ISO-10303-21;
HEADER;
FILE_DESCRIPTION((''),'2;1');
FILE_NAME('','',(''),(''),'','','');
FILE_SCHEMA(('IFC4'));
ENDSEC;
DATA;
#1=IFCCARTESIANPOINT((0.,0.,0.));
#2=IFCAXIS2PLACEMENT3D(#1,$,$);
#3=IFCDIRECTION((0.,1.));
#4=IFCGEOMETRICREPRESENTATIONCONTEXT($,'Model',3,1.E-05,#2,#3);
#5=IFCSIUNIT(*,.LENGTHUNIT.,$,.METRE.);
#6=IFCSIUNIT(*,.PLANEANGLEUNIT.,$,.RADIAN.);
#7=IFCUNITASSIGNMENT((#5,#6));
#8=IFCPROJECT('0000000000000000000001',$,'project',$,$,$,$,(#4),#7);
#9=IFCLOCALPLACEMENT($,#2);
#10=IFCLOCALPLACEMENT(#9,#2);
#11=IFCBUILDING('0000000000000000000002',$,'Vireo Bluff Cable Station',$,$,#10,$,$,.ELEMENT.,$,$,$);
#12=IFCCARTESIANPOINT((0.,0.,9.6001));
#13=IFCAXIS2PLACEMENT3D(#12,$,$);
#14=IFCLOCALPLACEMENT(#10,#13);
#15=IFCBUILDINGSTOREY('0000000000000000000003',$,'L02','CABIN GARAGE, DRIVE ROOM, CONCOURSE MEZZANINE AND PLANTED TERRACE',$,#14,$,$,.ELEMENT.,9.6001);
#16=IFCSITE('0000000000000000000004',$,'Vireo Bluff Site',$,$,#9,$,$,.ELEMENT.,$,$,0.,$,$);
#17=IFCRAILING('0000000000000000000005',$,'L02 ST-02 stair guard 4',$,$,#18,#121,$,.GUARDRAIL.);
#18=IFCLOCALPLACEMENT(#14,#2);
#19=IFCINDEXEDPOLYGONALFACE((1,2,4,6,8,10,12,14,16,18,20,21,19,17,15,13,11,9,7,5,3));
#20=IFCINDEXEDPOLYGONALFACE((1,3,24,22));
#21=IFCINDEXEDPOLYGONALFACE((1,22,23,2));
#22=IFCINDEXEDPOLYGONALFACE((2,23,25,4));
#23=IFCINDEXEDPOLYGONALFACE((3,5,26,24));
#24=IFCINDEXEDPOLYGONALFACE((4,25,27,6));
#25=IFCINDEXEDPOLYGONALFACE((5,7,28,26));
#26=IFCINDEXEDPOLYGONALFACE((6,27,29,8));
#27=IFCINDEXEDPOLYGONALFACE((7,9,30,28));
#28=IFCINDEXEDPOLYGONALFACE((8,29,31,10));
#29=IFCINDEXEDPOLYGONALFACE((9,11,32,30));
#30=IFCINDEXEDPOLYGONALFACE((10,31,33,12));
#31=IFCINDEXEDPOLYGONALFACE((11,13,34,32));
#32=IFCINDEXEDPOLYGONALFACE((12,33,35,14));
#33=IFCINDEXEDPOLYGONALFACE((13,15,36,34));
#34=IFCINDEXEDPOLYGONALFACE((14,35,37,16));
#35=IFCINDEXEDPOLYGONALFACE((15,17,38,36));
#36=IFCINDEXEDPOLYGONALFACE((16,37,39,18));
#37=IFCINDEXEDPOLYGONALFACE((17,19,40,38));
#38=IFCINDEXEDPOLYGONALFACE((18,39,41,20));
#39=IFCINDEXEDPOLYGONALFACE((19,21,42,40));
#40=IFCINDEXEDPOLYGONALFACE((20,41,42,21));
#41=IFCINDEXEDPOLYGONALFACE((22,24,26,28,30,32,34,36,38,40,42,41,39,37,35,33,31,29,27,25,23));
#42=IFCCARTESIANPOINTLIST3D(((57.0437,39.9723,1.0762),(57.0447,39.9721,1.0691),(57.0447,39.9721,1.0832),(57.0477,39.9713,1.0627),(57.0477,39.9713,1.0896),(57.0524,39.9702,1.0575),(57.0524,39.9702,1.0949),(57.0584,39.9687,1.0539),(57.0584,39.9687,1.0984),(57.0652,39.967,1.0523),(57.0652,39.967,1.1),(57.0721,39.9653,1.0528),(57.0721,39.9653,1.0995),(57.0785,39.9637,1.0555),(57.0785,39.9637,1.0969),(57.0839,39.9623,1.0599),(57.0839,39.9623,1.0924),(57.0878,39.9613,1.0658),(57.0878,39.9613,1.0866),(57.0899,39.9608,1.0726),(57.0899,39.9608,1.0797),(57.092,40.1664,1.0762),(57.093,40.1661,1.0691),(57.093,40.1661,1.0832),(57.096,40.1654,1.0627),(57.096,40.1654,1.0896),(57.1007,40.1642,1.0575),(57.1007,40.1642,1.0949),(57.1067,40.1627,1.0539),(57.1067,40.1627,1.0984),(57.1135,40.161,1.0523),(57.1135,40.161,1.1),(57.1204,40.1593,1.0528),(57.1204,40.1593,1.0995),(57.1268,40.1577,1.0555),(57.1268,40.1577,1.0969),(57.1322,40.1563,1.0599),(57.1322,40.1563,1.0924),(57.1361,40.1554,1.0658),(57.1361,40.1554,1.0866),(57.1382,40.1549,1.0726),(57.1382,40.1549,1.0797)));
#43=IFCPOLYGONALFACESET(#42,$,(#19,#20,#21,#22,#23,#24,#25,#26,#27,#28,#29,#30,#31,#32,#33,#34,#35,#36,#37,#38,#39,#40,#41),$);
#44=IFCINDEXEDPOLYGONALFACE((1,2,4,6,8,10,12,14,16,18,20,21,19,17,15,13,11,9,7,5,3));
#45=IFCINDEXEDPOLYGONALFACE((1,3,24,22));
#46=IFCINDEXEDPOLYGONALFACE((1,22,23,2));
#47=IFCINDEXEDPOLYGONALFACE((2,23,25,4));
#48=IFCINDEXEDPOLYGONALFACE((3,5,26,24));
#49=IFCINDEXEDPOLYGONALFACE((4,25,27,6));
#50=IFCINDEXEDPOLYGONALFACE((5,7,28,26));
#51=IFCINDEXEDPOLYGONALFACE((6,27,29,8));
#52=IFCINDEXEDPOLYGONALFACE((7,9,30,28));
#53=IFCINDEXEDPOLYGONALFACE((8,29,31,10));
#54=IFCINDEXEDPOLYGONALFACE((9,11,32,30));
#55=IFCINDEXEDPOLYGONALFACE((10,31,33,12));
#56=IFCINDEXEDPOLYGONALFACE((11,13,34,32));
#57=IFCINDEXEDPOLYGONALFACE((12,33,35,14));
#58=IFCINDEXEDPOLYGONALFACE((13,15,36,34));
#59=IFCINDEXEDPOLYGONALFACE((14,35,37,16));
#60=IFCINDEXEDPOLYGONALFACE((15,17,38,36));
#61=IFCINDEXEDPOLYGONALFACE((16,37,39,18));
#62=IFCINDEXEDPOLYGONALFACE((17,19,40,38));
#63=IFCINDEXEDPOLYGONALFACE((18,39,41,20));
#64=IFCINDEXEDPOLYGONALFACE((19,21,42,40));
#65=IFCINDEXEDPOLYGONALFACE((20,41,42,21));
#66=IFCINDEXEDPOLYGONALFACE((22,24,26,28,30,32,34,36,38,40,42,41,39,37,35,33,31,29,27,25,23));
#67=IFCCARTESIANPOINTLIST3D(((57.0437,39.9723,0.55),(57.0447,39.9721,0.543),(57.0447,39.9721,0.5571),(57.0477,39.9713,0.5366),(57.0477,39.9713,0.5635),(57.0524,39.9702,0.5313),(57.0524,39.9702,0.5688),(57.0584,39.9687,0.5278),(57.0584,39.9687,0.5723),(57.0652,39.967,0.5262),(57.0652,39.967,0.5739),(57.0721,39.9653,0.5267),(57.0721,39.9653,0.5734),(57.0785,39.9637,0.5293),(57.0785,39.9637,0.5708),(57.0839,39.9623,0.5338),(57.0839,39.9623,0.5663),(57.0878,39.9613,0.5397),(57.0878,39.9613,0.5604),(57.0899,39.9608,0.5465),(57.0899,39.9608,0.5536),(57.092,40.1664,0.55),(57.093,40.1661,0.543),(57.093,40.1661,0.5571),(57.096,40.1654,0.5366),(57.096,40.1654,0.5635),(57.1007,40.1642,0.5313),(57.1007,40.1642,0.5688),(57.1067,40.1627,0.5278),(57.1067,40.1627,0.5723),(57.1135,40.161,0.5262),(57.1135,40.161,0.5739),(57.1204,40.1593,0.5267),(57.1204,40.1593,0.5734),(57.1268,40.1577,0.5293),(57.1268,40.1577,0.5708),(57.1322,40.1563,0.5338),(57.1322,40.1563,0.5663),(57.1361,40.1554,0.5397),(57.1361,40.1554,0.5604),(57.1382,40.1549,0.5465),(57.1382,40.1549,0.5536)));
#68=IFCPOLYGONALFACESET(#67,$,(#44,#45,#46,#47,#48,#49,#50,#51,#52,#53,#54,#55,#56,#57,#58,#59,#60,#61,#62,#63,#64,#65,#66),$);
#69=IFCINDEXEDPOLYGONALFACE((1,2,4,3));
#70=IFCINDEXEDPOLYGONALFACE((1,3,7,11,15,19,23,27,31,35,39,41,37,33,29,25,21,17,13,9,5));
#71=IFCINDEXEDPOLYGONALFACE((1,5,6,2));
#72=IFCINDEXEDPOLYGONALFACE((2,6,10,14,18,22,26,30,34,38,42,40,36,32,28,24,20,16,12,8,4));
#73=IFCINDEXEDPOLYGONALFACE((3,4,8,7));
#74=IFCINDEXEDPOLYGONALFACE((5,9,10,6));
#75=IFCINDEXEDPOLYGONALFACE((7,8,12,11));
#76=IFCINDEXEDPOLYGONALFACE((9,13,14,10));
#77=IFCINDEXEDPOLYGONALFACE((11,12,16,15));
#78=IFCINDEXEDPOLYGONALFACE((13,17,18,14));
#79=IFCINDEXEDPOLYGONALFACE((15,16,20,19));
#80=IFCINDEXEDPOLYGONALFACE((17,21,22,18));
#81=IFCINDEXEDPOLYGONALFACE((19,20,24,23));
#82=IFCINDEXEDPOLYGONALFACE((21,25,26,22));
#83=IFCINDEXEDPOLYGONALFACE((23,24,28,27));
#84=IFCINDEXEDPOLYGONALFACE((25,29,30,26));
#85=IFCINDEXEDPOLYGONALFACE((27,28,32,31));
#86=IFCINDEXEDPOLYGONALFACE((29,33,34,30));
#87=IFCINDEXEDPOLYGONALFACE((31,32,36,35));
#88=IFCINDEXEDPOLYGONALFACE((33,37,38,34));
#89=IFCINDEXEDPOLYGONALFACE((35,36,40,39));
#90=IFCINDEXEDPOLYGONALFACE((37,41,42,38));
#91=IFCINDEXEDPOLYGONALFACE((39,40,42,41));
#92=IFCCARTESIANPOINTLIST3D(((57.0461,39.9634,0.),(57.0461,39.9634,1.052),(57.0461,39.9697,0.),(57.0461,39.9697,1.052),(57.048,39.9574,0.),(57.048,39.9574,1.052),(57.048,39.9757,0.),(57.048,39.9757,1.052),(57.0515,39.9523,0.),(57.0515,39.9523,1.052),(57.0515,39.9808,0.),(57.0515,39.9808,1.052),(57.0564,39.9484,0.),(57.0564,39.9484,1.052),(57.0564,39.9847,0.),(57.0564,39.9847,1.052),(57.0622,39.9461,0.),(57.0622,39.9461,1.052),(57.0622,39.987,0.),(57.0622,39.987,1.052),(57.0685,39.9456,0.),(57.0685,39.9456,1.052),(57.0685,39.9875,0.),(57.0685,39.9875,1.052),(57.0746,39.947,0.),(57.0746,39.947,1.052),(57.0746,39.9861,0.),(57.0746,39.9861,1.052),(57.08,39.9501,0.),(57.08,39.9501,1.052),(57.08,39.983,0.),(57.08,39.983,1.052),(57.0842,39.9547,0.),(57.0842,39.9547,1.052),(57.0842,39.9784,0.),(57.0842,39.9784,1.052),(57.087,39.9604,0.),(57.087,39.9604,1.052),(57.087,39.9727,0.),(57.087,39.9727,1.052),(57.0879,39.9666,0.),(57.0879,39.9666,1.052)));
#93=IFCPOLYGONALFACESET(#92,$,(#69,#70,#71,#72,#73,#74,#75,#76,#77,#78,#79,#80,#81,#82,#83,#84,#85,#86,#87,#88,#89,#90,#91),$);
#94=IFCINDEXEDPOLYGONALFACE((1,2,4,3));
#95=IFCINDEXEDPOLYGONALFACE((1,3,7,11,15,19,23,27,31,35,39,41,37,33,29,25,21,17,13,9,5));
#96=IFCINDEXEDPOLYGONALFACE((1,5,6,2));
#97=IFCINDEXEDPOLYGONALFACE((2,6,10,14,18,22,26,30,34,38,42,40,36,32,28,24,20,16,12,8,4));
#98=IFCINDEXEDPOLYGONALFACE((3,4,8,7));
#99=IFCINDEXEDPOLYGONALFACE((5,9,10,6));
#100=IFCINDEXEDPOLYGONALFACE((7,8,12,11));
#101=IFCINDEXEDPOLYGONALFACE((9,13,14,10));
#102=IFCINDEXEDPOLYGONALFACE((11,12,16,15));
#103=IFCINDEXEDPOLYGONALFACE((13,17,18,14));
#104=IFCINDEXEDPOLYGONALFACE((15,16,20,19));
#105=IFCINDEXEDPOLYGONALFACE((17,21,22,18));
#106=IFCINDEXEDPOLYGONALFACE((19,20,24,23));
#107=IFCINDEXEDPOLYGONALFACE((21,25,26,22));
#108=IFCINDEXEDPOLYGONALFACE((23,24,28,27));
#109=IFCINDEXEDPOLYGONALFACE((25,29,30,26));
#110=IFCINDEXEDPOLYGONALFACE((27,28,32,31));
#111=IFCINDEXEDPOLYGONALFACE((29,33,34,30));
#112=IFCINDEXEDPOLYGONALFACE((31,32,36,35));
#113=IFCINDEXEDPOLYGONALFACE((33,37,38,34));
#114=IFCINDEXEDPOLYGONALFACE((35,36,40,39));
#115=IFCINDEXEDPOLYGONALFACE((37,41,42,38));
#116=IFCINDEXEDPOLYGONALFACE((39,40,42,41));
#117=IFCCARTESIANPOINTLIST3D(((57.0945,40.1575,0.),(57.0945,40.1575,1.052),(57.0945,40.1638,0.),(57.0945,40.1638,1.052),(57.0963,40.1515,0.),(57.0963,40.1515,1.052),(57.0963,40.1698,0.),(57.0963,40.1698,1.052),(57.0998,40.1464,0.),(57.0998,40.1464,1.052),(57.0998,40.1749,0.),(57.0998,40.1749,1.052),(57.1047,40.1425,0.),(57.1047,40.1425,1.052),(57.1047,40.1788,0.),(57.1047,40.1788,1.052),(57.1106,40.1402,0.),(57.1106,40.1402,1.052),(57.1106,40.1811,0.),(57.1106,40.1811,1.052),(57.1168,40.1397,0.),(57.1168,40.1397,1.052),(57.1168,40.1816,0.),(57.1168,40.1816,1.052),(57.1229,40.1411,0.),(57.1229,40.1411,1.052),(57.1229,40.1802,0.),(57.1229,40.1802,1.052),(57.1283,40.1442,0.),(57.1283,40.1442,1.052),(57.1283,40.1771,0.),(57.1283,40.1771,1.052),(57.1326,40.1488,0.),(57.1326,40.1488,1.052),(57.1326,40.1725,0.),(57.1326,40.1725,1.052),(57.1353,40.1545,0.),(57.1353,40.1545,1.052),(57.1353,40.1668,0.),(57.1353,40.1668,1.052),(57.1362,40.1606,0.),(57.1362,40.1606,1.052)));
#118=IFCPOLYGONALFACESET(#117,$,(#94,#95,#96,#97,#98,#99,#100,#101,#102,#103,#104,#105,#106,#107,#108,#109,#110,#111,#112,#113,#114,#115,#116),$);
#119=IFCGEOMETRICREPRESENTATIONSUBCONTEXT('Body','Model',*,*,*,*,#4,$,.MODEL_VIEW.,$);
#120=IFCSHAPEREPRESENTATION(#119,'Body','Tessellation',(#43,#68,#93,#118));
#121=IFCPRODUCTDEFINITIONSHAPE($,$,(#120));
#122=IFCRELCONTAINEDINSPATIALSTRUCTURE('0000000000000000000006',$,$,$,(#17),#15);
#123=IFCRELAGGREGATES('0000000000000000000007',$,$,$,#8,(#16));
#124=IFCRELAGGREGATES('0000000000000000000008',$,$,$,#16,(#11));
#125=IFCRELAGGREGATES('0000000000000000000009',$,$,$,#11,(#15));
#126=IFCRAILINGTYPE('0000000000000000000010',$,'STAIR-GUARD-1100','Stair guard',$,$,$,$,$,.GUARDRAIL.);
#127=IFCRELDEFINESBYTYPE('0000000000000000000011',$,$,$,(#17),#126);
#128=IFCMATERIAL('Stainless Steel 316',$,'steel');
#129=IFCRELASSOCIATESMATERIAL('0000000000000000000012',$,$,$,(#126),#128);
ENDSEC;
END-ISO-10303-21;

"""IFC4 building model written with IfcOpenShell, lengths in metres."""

from ifc_helpers import new_model, si_unit, direction, frame, origin, origin_2d, place, context, subcontext, project, spatial, circle, extrude, material, type_object, element, save


model = new_model("IFC4")

# Units and contexts
model_context = context("Model", 3, precision=1e-05, world=origin(), true_north=direction((0.0, 1.0)))
body_context = subcontext(model_context, "Body", "Model", "MODEL_VIEW")
ifc_project = project(units=[si_unit("LENGTHUNIT", "METRE"), si_unit("PLANEANGLEUNIT", "RADIAN")], contexts=[model_context])

# Site, building, storey
site_placement = place(None, origin())
site = spatial("IfcSite", under=ifc_project, at=site_placement, Name="Vireo Bluff Site", CompositionType="ELEMENT", RefElevation=0.0)
building_placement = place(site_placement, origin())
building = spatial("IfcBuilding", under=site, at=building_placement, Name="Vireo Bluff Cable Station", CompositionType="ELEMENT")
storey_placement = place(building_placement, frame((0.0, 0.0, 9.6001)))
storey = spatial("IfcBuildingStorey", under=building, at=storey_placement, Name="L02", Description="CABIN GARAGE, DRIVE ROOM, CONCOURSE MEZZANINE AND PLANTED TERRACE", CompositionType="ELEMENT", Elevation=9.6001)

# Shared definitions
ifc_material_1 = material(Name="Stainless Steel 316", Category="steel")

# Railing
railing_type_1 = type_object("IfcRailingType", Name="STAIR-GUARD-1100", Description="Stair guard", PredefinedType="GUARDRAIL", material=ifc_material_1)
railing_1_placement = place(storey_placement, frame((57.0669, 39.9666, 0.0)))
element("IfcRailing", 1, at=railing_1_placement, inside=storey, type_object=railing_type_1, Name="L02 ST-02 stair guard 4", PredefinedType="GUARDRAIL", context=body_context, shape_type="SweptSolid", body=[
    extrude(circle(Radius=0.0239, at=origin_2d()), frame((0.0, 0.0, 1.0762), z_axis=(0.241674, 0.970358, 0.0), x_axis=(-0.970358, 0.241674, 0.0)), (0.0, 0.0, 1.0), 0.2),
    extrude(circle(Radius=0.0239, at=origin_2d()), frame((0.0, 0.0, 0.55), z_axis=(0.241674, 0.970358, 0.0), x_axis=(-0.970358, 0.241674, 0.0)), (0.0, 0.0, 1.0), 0.2),
    extrude(circle(Radius=0.021, at=origin_2d()), origin(), (0.0, 0.0, 1.0), 1.052),
    extrude(circle(Radius=0.021, at=origin_2d()), frame((0.0483, 0.1941, 0.0)), (0.0, 0.0, 1.0), 1.052),
])

save(model, "model.ifc")
